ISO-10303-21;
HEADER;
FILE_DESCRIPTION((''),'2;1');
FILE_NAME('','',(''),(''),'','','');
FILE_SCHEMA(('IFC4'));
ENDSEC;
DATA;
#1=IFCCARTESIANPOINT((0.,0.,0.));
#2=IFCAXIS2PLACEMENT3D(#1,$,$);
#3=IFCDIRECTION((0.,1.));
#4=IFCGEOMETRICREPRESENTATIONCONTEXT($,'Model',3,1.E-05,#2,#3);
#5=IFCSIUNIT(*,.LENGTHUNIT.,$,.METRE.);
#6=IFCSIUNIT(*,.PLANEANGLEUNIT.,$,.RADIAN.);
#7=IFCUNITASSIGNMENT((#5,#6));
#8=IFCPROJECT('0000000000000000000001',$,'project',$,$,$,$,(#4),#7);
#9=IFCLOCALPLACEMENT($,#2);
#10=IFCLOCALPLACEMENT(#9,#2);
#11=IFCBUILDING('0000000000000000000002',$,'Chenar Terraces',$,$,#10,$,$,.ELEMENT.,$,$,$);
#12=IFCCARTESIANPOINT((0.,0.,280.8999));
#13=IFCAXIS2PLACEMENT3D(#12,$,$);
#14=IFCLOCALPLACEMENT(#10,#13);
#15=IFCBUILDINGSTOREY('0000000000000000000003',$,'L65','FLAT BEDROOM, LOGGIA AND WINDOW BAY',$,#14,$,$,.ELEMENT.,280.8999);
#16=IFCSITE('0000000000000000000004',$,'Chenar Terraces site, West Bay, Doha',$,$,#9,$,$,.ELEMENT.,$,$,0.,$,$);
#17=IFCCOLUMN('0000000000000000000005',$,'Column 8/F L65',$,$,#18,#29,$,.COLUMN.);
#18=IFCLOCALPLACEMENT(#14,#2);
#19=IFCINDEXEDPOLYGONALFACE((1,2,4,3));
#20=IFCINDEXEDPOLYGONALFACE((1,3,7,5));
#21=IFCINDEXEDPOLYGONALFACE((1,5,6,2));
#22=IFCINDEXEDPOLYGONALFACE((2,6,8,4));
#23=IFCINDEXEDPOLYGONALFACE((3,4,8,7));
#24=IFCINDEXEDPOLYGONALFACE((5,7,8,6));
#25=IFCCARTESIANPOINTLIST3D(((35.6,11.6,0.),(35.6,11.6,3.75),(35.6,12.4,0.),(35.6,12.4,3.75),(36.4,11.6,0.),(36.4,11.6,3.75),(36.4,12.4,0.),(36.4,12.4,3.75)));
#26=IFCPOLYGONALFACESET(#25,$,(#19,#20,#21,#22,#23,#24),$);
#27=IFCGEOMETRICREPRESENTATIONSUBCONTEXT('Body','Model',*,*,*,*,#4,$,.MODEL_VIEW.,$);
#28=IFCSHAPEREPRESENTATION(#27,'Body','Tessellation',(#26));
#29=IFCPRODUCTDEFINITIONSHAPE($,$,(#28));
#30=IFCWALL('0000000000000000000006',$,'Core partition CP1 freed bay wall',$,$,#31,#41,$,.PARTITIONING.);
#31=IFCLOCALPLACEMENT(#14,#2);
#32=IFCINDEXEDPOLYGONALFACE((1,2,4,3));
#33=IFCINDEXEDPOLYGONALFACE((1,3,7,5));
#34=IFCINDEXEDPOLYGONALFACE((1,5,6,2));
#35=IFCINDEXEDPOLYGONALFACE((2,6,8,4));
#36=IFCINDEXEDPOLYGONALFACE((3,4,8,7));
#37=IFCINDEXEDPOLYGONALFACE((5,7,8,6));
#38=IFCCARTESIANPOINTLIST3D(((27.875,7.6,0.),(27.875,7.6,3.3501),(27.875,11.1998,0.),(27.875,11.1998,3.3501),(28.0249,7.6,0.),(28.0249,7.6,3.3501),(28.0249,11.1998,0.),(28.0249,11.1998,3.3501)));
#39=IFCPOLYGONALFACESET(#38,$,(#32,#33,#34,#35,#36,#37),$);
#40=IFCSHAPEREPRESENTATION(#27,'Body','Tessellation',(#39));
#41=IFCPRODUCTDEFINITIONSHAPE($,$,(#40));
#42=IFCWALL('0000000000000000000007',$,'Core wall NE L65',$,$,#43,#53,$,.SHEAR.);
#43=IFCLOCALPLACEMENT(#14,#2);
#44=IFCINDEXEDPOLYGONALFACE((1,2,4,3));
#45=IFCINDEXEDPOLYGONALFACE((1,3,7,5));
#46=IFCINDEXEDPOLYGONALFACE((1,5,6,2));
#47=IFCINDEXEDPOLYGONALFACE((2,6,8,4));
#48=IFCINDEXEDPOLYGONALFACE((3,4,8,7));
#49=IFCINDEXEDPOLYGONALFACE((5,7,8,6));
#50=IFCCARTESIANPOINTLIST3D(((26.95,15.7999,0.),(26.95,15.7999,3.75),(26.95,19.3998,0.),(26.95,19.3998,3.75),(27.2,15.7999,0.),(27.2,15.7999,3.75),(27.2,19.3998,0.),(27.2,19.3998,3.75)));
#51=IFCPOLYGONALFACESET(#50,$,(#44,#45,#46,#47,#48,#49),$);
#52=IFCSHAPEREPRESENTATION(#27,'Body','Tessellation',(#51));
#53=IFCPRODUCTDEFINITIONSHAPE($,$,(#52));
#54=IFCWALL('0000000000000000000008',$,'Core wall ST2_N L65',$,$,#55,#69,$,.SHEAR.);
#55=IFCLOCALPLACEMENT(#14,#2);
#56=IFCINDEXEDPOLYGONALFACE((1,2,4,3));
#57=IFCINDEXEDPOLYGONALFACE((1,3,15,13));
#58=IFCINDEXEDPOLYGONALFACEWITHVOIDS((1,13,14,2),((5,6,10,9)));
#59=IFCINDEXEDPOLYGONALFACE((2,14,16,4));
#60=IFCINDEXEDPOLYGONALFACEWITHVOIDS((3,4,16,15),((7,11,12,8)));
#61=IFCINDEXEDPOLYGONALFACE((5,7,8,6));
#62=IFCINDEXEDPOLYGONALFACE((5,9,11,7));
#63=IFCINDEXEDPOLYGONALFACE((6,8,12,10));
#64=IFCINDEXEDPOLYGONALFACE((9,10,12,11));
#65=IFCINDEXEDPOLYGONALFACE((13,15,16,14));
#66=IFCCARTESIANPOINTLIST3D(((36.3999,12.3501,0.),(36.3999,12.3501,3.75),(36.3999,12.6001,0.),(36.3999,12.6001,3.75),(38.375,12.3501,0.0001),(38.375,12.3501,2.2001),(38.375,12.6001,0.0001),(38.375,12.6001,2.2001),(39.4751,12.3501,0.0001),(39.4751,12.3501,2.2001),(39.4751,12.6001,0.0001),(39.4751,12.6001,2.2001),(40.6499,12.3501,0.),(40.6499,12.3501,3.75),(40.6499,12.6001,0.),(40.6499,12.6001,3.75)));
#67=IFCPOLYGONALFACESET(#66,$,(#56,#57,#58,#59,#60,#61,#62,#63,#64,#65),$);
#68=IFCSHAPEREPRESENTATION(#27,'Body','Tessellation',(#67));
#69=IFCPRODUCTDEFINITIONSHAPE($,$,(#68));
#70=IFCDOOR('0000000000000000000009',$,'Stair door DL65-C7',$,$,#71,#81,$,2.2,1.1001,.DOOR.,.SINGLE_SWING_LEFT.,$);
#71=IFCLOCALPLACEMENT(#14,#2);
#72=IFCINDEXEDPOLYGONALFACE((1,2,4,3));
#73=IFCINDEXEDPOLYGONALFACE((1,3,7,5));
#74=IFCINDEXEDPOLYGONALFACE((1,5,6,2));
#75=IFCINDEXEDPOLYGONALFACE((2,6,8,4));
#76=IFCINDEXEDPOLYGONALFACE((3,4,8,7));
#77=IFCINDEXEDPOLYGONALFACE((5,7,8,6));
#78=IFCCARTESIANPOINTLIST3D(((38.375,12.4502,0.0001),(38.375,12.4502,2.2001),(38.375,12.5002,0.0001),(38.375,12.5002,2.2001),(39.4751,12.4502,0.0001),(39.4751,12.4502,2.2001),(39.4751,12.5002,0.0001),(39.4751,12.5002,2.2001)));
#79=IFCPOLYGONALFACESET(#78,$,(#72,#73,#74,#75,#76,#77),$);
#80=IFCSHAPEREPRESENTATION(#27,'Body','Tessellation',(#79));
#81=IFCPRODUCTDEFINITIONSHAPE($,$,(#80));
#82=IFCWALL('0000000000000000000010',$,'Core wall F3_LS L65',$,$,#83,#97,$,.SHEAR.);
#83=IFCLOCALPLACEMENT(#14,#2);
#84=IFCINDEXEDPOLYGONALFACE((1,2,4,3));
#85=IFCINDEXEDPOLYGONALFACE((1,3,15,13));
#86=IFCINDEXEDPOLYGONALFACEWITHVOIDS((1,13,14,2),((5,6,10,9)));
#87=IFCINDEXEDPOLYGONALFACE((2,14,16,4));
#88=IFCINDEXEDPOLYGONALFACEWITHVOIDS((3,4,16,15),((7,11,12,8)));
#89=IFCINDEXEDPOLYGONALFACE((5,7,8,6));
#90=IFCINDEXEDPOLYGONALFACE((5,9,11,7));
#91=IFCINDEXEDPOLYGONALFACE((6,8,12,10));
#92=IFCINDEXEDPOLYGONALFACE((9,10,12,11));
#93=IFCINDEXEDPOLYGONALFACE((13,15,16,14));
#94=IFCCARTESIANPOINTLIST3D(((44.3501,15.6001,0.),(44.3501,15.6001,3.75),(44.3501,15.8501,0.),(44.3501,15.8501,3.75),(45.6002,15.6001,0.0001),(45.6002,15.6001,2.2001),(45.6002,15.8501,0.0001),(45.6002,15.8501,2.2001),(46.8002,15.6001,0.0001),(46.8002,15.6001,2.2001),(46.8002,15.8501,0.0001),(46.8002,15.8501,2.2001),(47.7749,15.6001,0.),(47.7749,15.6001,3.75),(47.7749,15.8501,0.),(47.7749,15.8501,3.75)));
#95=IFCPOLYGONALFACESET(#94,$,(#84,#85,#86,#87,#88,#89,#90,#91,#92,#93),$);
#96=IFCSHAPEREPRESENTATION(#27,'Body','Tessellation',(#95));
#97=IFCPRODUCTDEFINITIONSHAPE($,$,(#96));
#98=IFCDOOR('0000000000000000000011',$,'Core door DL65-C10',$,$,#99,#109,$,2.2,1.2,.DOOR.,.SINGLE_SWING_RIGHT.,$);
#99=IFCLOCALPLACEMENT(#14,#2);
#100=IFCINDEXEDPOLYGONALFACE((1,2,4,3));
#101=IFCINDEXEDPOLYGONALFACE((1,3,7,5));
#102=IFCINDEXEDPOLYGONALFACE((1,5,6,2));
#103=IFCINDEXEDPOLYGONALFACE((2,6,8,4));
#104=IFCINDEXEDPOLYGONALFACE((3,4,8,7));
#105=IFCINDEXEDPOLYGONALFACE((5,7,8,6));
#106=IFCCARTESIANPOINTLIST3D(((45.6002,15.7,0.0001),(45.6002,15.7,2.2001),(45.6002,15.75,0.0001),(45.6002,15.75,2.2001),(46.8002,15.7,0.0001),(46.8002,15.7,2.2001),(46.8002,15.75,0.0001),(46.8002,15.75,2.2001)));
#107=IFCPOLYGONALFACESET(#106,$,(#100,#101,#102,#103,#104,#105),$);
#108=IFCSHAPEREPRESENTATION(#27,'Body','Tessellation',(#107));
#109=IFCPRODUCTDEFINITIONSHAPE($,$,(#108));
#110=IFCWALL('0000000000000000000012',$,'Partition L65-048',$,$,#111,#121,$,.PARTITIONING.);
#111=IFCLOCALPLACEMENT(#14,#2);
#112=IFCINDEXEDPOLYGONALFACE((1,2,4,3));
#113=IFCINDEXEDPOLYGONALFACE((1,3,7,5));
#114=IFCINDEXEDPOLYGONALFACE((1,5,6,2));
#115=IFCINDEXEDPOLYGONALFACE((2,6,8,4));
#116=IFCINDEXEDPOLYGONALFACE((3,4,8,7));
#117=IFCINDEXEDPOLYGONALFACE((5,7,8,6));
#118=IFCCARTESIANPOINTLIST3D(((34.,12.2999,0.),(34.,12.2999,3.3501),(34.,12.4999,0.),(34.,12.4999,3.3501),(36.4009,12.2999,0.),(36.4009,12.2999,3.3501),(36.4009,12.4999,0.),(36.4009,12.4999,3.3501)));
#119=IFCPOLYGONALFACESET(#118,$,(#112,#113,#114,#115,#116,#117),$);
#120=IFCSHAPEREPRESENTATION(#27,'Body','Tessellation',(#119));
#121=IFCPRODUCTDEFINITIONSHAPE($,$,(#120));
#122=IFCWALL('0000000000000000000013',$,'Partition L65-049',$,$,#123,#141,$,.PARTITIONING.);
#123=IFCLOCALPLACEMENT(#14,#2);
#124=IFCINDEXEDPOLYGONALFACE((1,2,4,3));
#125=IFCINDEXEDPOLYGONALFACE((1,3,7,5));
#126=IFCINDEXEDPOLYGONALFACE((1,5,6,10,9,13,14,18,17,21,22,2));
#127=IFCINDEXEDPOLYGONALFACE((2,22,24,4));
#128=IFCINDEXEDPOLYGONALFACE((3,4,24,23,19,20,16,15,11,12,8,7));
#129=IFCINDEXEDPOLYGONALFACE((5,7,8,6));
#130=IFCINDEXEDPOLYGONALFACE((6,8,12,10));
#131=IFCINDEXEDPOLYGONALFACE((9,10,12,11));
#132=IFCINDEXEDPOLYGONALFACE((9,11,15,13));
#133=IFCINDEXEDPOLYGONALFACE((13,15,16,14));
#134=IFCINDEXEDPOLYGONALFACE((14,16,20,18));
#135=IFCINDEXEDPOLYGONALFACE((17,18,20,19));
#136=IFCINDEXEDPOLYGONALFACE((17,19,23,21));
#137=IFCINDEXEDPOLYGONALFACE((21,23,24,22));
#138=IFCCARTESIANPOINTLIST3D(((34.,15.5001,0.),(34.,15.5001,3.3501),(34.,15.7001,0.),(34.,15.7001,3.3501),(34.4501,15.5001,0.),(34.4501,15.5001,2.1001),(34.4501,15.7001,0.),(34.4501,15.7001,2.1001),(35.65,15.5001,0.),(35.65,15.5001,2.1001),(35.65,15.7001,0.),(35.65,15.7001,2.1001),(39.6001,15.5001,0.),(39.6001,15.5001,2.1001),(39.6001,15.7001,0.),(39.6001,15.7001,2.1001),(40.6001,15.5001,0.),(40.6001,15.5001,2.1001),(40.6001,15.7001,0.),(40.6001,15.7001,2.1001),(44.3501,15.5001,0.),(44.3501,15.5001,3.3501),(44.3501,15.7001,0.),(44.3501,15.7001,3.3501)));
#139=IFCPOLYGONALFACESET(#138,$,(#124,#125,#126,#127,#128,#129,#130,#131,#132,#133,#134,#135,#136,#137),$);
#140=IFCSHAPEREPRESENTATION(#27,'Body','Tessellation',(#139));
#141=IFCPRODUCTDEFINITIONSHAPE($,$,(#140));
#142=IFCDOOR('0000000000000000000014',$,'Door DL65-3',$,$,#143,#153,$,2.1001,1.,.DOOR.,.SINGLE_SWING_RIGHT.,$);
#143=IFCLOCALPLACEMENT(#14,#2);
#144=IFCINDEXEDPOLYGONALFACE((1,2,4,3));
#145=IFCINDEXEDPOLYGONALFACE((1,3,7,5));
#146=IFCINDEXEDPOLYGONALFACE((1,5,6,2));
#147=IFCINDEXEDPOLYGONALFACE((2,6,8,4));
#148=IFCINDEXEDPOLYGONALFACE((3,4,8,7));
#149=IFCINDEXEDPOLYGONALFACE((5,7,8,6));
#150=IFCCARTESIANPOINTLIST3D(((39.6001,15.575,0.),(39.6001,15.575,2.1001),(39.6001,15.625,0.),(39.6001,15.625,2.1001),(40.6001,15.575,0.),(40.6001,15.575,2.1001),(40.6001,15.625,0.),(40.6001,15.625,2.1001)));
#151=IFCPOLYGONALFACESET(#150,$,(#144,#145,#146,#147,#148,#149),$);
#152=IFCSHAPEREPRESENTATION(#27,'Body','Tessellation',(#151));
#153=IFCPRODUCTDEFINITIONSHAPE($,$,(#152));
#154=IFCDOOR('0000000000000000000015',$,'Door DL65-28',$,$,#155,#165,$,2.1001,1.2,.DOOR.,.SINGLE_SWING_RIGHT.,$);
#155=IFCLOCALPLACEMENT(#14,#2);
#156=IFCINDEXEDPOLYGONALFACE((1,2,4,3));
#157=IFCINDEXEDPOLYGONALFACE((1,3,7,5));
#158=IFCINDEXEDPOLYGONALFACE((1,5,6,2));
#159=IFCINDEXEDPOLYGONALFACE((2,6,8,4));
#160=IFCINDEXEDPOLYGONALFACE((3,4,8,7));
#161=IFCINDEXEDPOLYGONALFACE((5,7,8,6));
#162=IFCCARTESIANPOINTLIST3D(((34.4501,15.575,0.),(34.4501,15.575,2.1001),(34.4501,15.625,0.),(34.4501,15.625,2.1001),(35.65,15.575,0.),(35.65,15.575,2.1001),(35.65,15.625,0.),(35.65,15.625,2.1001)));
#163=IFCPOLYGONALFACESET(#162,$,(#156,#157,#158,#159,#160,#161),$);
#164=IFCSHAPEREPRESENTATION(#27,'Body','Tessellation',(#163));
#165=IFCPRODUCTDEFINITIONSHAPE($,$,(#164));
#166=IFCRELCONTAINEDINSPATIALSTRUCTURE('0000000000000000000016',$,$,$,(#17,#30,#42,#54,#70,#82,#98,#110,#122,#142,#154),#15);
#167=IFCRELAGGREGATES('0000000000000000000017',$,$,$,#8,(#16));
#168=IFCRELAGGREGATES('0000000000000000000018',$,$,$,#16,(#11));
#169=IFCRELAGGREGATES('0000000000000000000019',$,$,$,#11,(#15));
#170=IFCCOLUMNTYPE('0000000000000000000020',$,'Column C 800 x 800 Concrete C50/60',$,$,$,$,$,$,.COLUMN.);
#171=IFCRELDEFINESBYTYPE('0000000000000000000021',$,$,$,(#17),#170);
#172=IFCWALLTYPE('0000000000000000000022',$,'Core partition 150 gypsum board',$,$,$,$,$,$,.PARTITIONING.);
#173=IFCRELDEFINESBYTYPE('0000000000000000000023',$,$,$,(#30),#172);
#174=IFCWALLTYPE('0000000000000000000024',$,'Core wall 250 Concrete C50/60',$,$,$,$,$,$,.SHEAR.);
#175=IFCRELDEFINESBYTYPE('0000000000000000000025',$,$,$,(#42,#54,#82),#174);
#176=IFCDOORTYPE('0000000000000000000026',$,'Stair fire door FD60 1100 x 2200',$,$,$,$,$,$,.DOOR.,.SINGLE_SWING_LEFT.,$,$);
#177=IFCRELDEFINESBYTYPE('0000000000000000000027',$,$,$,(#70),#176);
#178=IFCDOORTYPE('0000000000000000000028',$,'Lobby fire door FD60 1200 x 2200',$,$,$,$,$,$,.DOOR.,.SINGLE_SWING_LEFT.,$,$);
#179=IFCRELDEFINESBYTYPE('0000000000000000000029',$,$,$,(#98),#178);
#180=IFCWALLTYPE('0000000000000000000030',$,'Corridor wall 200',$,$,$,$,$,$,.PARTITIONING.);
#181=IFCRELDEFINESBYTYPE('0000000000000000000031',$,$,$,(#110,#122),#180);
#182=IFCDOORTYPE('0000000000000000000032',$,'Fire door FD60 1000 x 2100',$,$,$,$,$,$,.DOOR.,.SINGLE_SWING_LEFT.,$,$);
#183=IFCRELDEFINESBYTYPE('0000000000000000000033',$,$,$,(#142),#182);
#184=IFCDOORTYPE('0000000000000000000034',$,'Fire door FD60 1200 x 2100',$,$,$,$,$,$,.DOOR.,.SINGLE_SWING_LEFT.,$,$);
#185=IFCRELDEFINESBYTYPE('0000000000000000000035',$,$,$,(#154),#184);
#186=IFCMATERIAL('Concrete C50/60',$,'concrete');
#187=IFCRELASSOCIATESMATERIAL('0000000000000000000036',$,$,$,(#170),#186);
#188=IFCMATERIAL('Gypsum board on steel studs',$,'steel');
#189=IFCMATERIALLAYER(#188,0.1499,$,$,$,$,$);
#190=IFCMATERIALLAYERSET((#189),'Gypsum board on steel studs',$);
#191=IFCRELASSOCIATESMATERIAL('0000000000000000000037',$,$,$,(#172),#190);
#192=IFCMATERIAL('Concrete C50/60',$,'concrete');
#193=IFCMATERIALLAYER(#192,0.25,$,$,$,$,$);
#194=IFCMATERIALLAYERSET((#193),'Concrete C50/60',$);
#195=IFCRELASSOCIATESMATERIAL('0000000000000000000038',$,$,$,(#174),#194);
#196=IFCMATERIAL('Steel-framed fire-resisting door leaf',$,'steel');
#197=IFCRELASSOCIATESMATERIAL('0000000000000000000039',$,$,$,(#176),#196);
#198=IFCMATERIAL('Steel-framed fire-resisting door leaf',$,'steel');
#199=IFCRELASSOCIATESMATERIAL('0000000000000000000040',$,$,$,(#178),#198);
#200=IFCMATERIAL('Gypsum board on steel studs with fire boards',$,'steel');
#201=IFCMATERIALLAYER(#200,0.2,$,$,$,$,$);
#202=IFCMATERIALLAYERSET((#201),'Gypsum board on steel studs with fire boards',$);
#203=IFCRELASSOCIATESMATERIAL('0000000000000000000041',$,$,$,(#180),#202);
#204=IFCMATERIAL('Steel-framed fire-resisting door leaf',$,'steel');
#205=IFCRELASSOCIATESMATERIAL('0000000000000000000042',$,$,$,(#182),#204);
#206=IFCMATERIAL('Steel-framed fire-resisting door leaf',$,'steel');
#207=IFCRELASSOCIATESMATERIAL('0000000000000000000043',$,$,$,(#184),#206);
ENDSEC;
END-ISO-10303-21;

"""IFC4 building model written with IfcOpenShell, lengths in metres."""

from ifc_helpers import new_model, si_unit, direction, frame, frame_2d, origin, origin_2d, place, context, subcontext, project, spatial, rectangle, extrude, material, layer, layer_set, material_profile, profile_set, type_object, element, fill, save


model = new_model("IFC4")

# Units and contexts
model_context = context("Model", 3, precision=1e-05, world=origin(), true_north=direction((0.0, 1.0)))
body_context = subcontext(model_context, "Body", "Model", "MODEL_VIEW")
ifc_project = project(units=[si_unit("LENGTHUNIT", "METRE"), si_unit("PLANEANGLEUNIT", "RADIAN")], contexts=[model_context])

# Site, building, storey
site_placement = place(None, origin())
site = spatial("IfcSite", under=ifc_project, at=site_placement, Name="Chenar Terraces site, West Bay, Doha", CompositionType="ELEMENT", RefElevation=0.0)
building_placement = place(site_placement, origin())
building = spatial("IfcBuilding", under=site, at=building_placement, Name="Chenar Terraces", CompositionType="ELEMENT")
storey_placement = place(building_placement, frame((0.0, 0.0, 280.8999)))
storey = spatial("IfcBuildingStorey", under=building, at=storey_placement, Name="L65", Description="FLAT BEDROOM, LOGGIA AND WINDOW BAY", CompositionType="ELEMENT", Elevation=280.8999)

# Column
ifc_material_1 = material(Name="Concrete C50/60", Category="concrete")
ifc_material_profile = material_profile(ifc_material_1, rectangle(XDim=0.8, YDim=0.8, at=origin_2d()), Name="C 800 x 800")
ifc_profile_set = profile_set([ifc_material_profile], Name="Concrete C50/60")
column_type = type_object("IfcColumnType", Name="Column C 800 x 800 Concrete C50/60", PredefinedType="COLUMN", material=ifc_profile_set)
column_placement = place(storey_placement, frame((36.0, 12.0, 0.0), z_axis=(0.0, 0.0, 1.0), x_axis=(1.0, 0.0, 0.0)))
element("IfcColumn", 1, at=column_placement, inside=storey, type_object=column_type, Name="Column 8/F L65", PredefinedType="COLUMN", context=body_context, shape_type="SweptSolid", body=[
    extrude(rectangle(XDim=0.8, YDim=0.8, at=origin_2d()), origin(), (0.0, 0.0, 1.0), 3.75),
])

# Walls
ifc_material_2 = material(Name="Gypsum board on steel studs", Category="steel")
ifc_layer_1 = layer(ifc_material_2, 0.1499)
ifc_layer_set_1 = layer_set([ifc_layer_1], Name="Gypsum board on steel studs")
wall_type_1 = type_object("IfcWallType", Name="Core partition 150 gypsum board", PredefinedType="PARTITIONING", material=ifc_layer_set_1)
wall_1_placement = place(storey_placement, frame((27.95, 7.6001, 0.0), z_axis=(0.0, 0.0, 1.0), x_axis=(0.0, 1.0, 0.0)))
element("IfcWall", 2, at=wall_1_placement, inside=storey, type_object=wall_type_1, Name="Core partition CP1 freed bay wall", PredefinedType="PARTITIONING", context=body_context, shape_type="SweptSolid", body=[
    extrude(rectangle(XDim=3.5999, YDim=0.1499, at=frame_2d((1.7998, 0.0))), origin(), (0.0, 0.0, 1.0), 3.3501),
])
ifc_material_3 = material(Name="Concrete C50/60", Category="concrete")
ifc_layer_2 = layer(ifc_material_3, 0.25)
ifc_layer_set_2 = layer_set([ifc_layer_2], Name="Concrete C50/60")
wall_type_2 = type_object("IfcWallType", Name="Core wall 250 Concrete C50/60", PredefinedType="SHEAR", material=ifc_layer_set_2)
wall_2_placement = place(storey_placement, frame((27.075, 15.8, 0.0), z_axis=(0.0, 0.0, 1.0), x_axis=(0.0, 1.0, 0.0)))
element("IfcWall", 3, at=wall_2_placement, inside=storey, type_object=wall_type_2, Name="Core wall NE L65", PredefinedType="SHEAR", context=body_context, shape_type="SweptSolid", body=[
    extrude(rectangle(XDim=3.5999, YDim=0.25, at=frame_2d((1.7998, 0.0))), origin(), (0.0, 0.0, 1.0), 3.75),
])

# Walls, openings, doors
wall_3_placement = place(storey_placement, frame((36.3999, 12.4751, 0.0), z_axis=(0.0, 0.0, 1.0), x_axis=(1.0, 0.0, 0.0)))
wall_3 = element("IfcWall", 4, at=wall_3_placement, inside=storey, type_object=wall_type_2, Name="Core wall ST2_N L65", PredefinedType="SHEAR", context=body_context, shape_type="SweptSolid", body=[
    extrude(rectangle(XDim=4.25, YDim=0.25, at=frame_2d((2.125, 0.0))), origin(), (0.0, 0.0, 1.0), 3.75),
])
opening_1_placement = place(wall_3_placement, frame((1.9751, 0.0, 0.0)))
opening_1 = element("IfcOpeningElement", 5, at=opening_1_placement, cuts=wall_3, PredefinedType="OPENING", context=body_context, shape_type="SweptSolid", body=[
    extrude(rectangle(XDim=1.1001, YDim=2.2, at=frame_2d((0.55, 1.1001))), frame((0.0, 0.135, 0.0), z_axis=(0.0, -1.0, 0.0), x_axis=(1.0, 0.0, 0.0)), (0.0, 0.0, 1.0), 0.27),
])
ifc_material_4 = material(Name="Steel-framed fire-resisting door leaf", Category="steel")
door_type_1 = type_object("IfcDoorType", Name="Stair fire door FD60 1100 x 2200", OperationType="SINGLE_SWING_LEFT", PredefinedType="DOOR", material=ifc_material_4)
door_1_placement = place(opening_1_placement, frame((1.1001, 0.0, 0.0), z_axis=(0.0, 0.0, 1.0), x_axis=(-1.0, 0.0, 0.0)))
door_1 = element("IfcDoor", 6, at=door_1_placement, inside=storey, type_object=door_type_1, Name="Stair door DL65-C7", OperationType="SINGLE_SWING_LEFT", OverallHeight=2.2, OverallWidth=1.1001, PredefinedType="DOOR", context=body_context, shape_type="SweptSolid", body=[
    extrude(rectangle(XDim=1.1001, YDim=2.2, at=frame_2d((0.55, 1.1001))), frame((0.0, 0.0249, 0.0), z_axis=(0.0, -1.0, 0.0), x_axis=(1.0, 0.0, 0.0)), (0.0, 0.0, 1.0), 0.05),
])
fill(opening_1, door_1)
wall_4_placement = place(storey_placement, frame((44.3501, 15.7251, 0.0), z_axis=(0.0, 0.0, 1.0), x_axis=(1.0, 0.0, 0.0)))
wall_4 = element("IfcWall", 7, at=wall_4_placement, inside=storey, type_object=wall_type_2, Name="Core wall F3_LS L65", PredefinedType="SHEAR", context=body_context, shape_type="SweptSolid", body=[
    extrude(rectangle(XDim=3.4248, YDim=0.25, at=frame_2d((1.7124, 0.0))), origin(), (0.0, 0.0, 1.0), 3.75),
])
opening_2_placement = place(wall_4_placement, frame((1.25, 0.0, 0.0)))
opening_2 = element("IfcOpeningElement", 8, at=opening_2_placement, cuts=wall_4, PredefinedType="OPENING", context=body_context, shape_type="SweptSolid", body=[
    extrude(rectangle(XDim=1.2, YDim=2.2, at=frame_2d((0.6001, 1.1001))), frame((0.0, 0.135, 0.0), z_axis=(0.0, -1.0, 0.0), x_axis=(1.0, 0.0, 0.0)), (0.0, 0.0, 1.0), 0.27),
])
ifc_material_5 = material(Name="Steel-framed fire-resisting door leaf", Category="steel")
door_type_2 = type_object("IfcDoorType", Name="Lobby fire door FD60 1200 x 2200", OperationType="SINGLE_SWING_LEFT", PredefinedType="DOOR", material=ifc_material_5)
door_2_placement = place(opening_2_placement, origin())
door_2 = element("IfcDoor", 9, at=door_2_placement, inside=storey, type_object=door_type_2, Name="Core door DL65-C10", OperationType="SINGLE_SWING_RIGHT", OverallHeight=2.2, OverallWidth=1.2, PredefinedType="DOOR", context=body_context, shape_type="SweptSolid", body=[
    extrude(rectangle(XDim=1.2, YDim=2.2, at=frame_2d((0.6001, 1.1001))), frame((0.0, 0.0249, 0.0), z_axis=(0.0, -1.0, 0.0), x_axis=(1.0, 0.0, 0.0)), (0.0, 0.0, 1.0), 0.05),
])
fill(opening_2, door_2)

# Wall
ifc_material_6 = material(Name="Gypsum board on steel studs with fire boards", Category="steel")
ifc_layer_3 = layer(ifc_material_6, 0.2)
ifc_layer_set_3 = layer_set([ifc_layer_3], Name="Gypsum board on steel studs with fire boards")
wall_type_3 = type_object("IfcWallType", Name="Corridor wall 200", PredefinedType="PARTITIONING", material=ifc_layer_set_3)
wall_5_placement = place(storey_placement, frame((34.0, 12.3999, 0.0), z_axis=(0.0, 0.0, 1.0), x_axis=(1.0, 0.0, 0.0)))
element("IfcWall", 10, at=wall_5_placement, inside=storey, type_object=wall_type_3, Name="Partition L65-048", PredefinedType="PARTITIONING", context=body_context, shape_type="SweptSolid", body=[
    extrude(rectangle(XDim=2.4009, YDim=0.2, at=frame_2d((1.2004, 0.0))), origin(), (0.0, 0.0, 1.0), 3.3501),
])

# Wall, openings, doors
wall_6_placement = place(storey_placement, frame((34.0, 15.6001, 0.0), z_axis=(0.0, 0.0, 1.0), x_axis=(1.0, 0.0, 0.0)))
wall_6 = element("IfcWall", 11, at=wall_6_placement, inside=storey, type_object=wall_type_3, Name="Partition L65-049", PredefinedType="PARTITIONING", context=body_context, shape_type="SweptSolid", body=[
    extrude(rectangle(XDim=10.3501, YDim=0.2, at=frame_2d((5.175, 0.0))), origin(), (0.0, 0.0, 1.0), 3.3501),
])
opening_3_placement = place(wall_6_placement, frame((5.6001, 0.0, 0.0)))
opening_3 = element("IfcOpeningElement", 12, at=opening_3_placement, cuts=wall_6, PredefinedType="OPENING", context=body_context, shape_type="SweptSolid", body=[
    extrude(rectangle(XDim=1.0, YDim=2.1001, at=frame_2d((0.5, 1.05))), frame((0.0, 0.1099, 0.0), z_axis=(0.0, -1.0, 0.0), x_axis=(1.0, 0.0, 0.0)), (0.0, 0.0, 1.0), 0.22),
])
opening_4_placement = place(wall_6_placement, frame((0.45, 0.0, 0.0)))
opening_4 = element("IfcOpeningElement", 13, at=opening_4_placement, cuts=wall_6, PredefinedType="OPENING", context=body_context, shape_type="SweptSolid", body=[
    extrude(rectangle(XDim=1.2, YDim=2.1001, at=frame_2d((0.6001, 1.05))), frame((0.0, 0.1099, 0.0), z_axis=(0.0, -1.0, 0.0), x_axis=(1.0, 0.0, 0.0)), (0.0, 0.0, 1.0), 0.22),
])
ifc_material_7 = material(Name="Steel-framed fire-resisting door leaf", Category="steel")
door_type_3 = type_object("IfcDoorType", Name="Fire door FD60 1000 x 2100", OperationType="SINGLE_SWING_LEFT", PredefinedType="DOOR", material=ifc_material_7)
door_3_placement = place(opening_3_placement, origin())
door_3 = element("IfcDoor", 14, at=door_3_placement, inside=storey, type_object=door_type_3, Name="Door DL65-3", OperationType="SINGLE_SWING_RIGHT", OverallHeight=2.1001, OverallWidth=1.0, PredefinedType="DOOR", context=body_context, shape_type="SweptSolid", body=[
    extrude(rectangle(XDim=1.0, YDim=2.1001, at=frame_2d((0.5, 1.05))), frame((0.0, 0.0249, 0.0), z_axis=(0.0, -1.0, 0.0), x_axis=(1.0, 0.0, 0.0)), (0.0, 0.0, 1.0), 0.05),
])
fill(opening_3, door_3)
ifc_material_8 = material(Name="Steel-framed fire-resisting door leaf", Category="steel")
door_type_4 = type_object("IfcDoorType", Name="Fire door FD60 1200 x 2100", OperationType="SINGLE_SWING_LEFT", PredefinedType="DOOR", material=ifc_material_8)
door_4_placement = place(opening_4_placement, origin())
door_4 = element("IfcDoor", 15, at=door_4_placement, inside=storey, type_object=door_type_4, Name="Door DL65-28", OperationType="SINGLE_SWING_RIGHT", OverallHeight=2.1001, OverallWidth=1.2, PredefinedType="DOOR", context=body_context, shape_type="SweptSolid", body=[
    extrude(rectangle(XDim=1.2, YDim=2.1001, at=frame_2d((0.6001, 1.05))), frame((0.0, 0.0249, 0.0), z_axis=(0.0, -1.0, 0.0), x_axis=(1.0, 0.0, 0.0)), (0.0, 0.0, 1.0), 0.05),
])
fill(opening_4, door_4)

save(model, "model.ifc")
